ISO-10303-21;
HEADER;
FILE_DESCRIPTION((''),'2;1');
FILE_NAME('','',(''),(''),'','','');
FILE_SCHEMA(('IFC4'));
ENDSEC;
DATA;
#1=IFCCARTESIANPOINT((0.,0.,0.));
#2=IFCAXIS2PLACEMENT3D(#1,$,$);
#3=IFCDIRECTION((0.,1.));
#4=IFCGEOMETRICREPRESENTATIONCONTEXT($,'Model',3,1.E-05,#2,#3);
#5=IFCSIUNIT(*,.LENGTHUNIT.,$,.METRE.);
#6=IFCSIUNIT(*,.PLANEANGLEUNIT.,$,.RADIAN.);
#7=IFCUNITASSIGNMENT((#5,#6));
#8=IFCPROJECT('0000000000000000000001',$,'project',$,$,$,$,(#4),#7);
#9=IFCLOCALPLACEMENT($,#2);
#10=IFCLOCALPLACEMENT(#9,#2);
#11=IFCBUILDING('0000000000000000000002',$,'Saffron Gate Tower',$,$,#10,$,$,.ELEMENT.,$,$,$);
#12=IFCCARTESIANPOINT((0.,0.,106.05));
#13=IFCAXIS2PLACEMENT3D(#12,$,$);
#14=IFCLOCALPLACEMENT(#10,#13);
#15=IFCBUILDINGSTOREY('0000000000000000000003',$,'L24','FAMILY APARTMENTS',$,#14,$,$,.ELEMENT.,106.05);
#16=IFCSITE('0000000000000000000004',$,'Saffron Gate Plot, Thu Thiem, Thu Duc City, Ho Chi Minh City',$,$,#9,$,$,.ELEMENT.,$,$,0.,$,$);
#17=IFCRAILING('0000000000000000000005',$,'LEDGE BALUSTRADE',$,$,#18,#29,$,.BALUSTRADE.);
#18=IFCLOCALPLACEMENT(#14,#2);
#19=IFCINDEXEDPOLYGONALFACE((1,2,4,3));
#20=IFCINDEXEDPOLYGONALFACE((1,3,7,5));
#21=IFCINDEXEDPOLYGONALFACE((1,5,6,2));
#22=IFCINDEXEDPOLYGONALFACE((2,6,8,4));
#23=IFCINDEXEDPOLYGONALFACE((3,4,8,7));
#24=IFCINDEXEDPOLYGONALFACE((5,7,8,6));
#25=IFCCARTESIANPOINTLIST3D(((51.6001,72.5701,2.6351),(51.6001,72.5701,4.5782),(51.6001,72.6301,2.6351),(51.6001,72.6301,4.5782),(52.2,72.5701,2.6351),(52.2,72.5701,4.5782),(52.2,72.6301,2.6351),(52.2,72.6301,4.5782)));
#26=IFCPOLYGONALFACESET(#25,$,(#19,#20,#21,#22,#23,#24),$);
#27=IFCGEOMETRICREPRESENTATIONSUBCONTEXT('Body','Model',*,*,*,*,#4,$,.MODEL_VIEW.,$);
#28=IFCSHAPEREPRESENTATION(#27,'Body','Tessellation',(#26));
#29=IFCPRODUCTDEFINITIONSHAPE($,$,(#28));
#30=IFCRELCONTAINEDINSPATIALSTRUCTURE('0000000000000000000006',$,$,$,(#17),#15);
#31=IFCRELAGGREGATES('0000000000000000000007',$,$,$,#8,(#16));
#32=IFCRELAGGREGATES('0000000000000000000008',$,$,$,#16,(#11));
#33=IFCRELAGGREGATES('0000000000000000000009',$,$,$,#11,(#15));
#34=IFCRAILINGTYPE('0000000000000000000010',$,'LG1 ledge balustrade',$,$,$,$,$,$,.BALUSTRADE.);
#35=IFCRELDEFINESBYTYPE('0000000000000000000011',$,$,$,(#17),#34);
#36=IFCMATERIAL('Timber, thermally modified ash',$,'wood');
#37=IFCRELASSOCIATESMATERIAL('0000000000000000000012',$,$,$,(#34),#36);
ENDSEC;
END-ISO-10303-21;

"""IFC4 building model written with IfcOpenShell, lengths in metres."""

from ifc_helpers import new_model, si_unit, direction, frame, origin, origin_2d, place, context, subcontext, project, spatial, rectangle, extrude, material, type_object, element, save


model = new_model("IFC4")

# Units and contexts
model_context = context("Model", 3, precision=1e-05, world=origin(), true_north=direction((0.0, 1.0)))
body_context = subcontext(model_context, "Body", "Model", "MODEL_VIEW")
ifc_project = project(units=[si_unit("LENGTHUNIT", "METRE"), si_unit("PLANEANGLEUNIT", "RADIAN")], contexts=[model_context])

# Site, building, storey
site_placement = place(None, origin())
site = spatial("IfcSite", under=ifc_project, at=site_placement, Name="Saffron Gate Plot, Thu Thiem, Thu Duc City, Ho Chi Minh City", CompositionType="ELEMENT", RefElevation=0.0)
building_placement = place(site_placement, origin())
building = spatial("IfcBuilding", under=site, at=building_placement, Name="Saffron Gate Tower", CompositionType="ELEMENT")
storey_placement = place(building_placement, frame((0.0, 0.0, 106.05)))
storey = spatial("IfcBuildingStorey", under=building, at=storey_placement, Name="L24", Description="FAMILY APARTMENTS", CompositionType="ELEMENT", Elevation=106.05)

# Shared definitions
ifc_material_1 = material(Name="Timber, thermally modified ash", Category="wood")

# Railing
railing_type = type_object("IfcRailingType", Name="LG1 ledge balustrade", PredefinedType="BALUSTRADE", material=ifc_material_1)
railing_placement = place(storey_placement, frame((52.2, 72.6001, 2.635)))
element("IfcRailing", 1, at=railing_placement, inside=storey, type_object=railing_type, Name="LEDGE BALUSTRADE", PredefinedType="BALUSTRADE", context=body_context, shape_type="SweptSolid", body=[
    extrude(rectangle(XDim=0.0601, YDim=1.9431, at=origin_2d()), frame((0.0, 0.0, 0.9717), z_axis=(-1.0, 0.0, 0.0), x_axis=(0.0, -1.0, 0.0)), (0.0, 0.0, 1.0), 0.5999),
])

save(model, "model.ifc")
